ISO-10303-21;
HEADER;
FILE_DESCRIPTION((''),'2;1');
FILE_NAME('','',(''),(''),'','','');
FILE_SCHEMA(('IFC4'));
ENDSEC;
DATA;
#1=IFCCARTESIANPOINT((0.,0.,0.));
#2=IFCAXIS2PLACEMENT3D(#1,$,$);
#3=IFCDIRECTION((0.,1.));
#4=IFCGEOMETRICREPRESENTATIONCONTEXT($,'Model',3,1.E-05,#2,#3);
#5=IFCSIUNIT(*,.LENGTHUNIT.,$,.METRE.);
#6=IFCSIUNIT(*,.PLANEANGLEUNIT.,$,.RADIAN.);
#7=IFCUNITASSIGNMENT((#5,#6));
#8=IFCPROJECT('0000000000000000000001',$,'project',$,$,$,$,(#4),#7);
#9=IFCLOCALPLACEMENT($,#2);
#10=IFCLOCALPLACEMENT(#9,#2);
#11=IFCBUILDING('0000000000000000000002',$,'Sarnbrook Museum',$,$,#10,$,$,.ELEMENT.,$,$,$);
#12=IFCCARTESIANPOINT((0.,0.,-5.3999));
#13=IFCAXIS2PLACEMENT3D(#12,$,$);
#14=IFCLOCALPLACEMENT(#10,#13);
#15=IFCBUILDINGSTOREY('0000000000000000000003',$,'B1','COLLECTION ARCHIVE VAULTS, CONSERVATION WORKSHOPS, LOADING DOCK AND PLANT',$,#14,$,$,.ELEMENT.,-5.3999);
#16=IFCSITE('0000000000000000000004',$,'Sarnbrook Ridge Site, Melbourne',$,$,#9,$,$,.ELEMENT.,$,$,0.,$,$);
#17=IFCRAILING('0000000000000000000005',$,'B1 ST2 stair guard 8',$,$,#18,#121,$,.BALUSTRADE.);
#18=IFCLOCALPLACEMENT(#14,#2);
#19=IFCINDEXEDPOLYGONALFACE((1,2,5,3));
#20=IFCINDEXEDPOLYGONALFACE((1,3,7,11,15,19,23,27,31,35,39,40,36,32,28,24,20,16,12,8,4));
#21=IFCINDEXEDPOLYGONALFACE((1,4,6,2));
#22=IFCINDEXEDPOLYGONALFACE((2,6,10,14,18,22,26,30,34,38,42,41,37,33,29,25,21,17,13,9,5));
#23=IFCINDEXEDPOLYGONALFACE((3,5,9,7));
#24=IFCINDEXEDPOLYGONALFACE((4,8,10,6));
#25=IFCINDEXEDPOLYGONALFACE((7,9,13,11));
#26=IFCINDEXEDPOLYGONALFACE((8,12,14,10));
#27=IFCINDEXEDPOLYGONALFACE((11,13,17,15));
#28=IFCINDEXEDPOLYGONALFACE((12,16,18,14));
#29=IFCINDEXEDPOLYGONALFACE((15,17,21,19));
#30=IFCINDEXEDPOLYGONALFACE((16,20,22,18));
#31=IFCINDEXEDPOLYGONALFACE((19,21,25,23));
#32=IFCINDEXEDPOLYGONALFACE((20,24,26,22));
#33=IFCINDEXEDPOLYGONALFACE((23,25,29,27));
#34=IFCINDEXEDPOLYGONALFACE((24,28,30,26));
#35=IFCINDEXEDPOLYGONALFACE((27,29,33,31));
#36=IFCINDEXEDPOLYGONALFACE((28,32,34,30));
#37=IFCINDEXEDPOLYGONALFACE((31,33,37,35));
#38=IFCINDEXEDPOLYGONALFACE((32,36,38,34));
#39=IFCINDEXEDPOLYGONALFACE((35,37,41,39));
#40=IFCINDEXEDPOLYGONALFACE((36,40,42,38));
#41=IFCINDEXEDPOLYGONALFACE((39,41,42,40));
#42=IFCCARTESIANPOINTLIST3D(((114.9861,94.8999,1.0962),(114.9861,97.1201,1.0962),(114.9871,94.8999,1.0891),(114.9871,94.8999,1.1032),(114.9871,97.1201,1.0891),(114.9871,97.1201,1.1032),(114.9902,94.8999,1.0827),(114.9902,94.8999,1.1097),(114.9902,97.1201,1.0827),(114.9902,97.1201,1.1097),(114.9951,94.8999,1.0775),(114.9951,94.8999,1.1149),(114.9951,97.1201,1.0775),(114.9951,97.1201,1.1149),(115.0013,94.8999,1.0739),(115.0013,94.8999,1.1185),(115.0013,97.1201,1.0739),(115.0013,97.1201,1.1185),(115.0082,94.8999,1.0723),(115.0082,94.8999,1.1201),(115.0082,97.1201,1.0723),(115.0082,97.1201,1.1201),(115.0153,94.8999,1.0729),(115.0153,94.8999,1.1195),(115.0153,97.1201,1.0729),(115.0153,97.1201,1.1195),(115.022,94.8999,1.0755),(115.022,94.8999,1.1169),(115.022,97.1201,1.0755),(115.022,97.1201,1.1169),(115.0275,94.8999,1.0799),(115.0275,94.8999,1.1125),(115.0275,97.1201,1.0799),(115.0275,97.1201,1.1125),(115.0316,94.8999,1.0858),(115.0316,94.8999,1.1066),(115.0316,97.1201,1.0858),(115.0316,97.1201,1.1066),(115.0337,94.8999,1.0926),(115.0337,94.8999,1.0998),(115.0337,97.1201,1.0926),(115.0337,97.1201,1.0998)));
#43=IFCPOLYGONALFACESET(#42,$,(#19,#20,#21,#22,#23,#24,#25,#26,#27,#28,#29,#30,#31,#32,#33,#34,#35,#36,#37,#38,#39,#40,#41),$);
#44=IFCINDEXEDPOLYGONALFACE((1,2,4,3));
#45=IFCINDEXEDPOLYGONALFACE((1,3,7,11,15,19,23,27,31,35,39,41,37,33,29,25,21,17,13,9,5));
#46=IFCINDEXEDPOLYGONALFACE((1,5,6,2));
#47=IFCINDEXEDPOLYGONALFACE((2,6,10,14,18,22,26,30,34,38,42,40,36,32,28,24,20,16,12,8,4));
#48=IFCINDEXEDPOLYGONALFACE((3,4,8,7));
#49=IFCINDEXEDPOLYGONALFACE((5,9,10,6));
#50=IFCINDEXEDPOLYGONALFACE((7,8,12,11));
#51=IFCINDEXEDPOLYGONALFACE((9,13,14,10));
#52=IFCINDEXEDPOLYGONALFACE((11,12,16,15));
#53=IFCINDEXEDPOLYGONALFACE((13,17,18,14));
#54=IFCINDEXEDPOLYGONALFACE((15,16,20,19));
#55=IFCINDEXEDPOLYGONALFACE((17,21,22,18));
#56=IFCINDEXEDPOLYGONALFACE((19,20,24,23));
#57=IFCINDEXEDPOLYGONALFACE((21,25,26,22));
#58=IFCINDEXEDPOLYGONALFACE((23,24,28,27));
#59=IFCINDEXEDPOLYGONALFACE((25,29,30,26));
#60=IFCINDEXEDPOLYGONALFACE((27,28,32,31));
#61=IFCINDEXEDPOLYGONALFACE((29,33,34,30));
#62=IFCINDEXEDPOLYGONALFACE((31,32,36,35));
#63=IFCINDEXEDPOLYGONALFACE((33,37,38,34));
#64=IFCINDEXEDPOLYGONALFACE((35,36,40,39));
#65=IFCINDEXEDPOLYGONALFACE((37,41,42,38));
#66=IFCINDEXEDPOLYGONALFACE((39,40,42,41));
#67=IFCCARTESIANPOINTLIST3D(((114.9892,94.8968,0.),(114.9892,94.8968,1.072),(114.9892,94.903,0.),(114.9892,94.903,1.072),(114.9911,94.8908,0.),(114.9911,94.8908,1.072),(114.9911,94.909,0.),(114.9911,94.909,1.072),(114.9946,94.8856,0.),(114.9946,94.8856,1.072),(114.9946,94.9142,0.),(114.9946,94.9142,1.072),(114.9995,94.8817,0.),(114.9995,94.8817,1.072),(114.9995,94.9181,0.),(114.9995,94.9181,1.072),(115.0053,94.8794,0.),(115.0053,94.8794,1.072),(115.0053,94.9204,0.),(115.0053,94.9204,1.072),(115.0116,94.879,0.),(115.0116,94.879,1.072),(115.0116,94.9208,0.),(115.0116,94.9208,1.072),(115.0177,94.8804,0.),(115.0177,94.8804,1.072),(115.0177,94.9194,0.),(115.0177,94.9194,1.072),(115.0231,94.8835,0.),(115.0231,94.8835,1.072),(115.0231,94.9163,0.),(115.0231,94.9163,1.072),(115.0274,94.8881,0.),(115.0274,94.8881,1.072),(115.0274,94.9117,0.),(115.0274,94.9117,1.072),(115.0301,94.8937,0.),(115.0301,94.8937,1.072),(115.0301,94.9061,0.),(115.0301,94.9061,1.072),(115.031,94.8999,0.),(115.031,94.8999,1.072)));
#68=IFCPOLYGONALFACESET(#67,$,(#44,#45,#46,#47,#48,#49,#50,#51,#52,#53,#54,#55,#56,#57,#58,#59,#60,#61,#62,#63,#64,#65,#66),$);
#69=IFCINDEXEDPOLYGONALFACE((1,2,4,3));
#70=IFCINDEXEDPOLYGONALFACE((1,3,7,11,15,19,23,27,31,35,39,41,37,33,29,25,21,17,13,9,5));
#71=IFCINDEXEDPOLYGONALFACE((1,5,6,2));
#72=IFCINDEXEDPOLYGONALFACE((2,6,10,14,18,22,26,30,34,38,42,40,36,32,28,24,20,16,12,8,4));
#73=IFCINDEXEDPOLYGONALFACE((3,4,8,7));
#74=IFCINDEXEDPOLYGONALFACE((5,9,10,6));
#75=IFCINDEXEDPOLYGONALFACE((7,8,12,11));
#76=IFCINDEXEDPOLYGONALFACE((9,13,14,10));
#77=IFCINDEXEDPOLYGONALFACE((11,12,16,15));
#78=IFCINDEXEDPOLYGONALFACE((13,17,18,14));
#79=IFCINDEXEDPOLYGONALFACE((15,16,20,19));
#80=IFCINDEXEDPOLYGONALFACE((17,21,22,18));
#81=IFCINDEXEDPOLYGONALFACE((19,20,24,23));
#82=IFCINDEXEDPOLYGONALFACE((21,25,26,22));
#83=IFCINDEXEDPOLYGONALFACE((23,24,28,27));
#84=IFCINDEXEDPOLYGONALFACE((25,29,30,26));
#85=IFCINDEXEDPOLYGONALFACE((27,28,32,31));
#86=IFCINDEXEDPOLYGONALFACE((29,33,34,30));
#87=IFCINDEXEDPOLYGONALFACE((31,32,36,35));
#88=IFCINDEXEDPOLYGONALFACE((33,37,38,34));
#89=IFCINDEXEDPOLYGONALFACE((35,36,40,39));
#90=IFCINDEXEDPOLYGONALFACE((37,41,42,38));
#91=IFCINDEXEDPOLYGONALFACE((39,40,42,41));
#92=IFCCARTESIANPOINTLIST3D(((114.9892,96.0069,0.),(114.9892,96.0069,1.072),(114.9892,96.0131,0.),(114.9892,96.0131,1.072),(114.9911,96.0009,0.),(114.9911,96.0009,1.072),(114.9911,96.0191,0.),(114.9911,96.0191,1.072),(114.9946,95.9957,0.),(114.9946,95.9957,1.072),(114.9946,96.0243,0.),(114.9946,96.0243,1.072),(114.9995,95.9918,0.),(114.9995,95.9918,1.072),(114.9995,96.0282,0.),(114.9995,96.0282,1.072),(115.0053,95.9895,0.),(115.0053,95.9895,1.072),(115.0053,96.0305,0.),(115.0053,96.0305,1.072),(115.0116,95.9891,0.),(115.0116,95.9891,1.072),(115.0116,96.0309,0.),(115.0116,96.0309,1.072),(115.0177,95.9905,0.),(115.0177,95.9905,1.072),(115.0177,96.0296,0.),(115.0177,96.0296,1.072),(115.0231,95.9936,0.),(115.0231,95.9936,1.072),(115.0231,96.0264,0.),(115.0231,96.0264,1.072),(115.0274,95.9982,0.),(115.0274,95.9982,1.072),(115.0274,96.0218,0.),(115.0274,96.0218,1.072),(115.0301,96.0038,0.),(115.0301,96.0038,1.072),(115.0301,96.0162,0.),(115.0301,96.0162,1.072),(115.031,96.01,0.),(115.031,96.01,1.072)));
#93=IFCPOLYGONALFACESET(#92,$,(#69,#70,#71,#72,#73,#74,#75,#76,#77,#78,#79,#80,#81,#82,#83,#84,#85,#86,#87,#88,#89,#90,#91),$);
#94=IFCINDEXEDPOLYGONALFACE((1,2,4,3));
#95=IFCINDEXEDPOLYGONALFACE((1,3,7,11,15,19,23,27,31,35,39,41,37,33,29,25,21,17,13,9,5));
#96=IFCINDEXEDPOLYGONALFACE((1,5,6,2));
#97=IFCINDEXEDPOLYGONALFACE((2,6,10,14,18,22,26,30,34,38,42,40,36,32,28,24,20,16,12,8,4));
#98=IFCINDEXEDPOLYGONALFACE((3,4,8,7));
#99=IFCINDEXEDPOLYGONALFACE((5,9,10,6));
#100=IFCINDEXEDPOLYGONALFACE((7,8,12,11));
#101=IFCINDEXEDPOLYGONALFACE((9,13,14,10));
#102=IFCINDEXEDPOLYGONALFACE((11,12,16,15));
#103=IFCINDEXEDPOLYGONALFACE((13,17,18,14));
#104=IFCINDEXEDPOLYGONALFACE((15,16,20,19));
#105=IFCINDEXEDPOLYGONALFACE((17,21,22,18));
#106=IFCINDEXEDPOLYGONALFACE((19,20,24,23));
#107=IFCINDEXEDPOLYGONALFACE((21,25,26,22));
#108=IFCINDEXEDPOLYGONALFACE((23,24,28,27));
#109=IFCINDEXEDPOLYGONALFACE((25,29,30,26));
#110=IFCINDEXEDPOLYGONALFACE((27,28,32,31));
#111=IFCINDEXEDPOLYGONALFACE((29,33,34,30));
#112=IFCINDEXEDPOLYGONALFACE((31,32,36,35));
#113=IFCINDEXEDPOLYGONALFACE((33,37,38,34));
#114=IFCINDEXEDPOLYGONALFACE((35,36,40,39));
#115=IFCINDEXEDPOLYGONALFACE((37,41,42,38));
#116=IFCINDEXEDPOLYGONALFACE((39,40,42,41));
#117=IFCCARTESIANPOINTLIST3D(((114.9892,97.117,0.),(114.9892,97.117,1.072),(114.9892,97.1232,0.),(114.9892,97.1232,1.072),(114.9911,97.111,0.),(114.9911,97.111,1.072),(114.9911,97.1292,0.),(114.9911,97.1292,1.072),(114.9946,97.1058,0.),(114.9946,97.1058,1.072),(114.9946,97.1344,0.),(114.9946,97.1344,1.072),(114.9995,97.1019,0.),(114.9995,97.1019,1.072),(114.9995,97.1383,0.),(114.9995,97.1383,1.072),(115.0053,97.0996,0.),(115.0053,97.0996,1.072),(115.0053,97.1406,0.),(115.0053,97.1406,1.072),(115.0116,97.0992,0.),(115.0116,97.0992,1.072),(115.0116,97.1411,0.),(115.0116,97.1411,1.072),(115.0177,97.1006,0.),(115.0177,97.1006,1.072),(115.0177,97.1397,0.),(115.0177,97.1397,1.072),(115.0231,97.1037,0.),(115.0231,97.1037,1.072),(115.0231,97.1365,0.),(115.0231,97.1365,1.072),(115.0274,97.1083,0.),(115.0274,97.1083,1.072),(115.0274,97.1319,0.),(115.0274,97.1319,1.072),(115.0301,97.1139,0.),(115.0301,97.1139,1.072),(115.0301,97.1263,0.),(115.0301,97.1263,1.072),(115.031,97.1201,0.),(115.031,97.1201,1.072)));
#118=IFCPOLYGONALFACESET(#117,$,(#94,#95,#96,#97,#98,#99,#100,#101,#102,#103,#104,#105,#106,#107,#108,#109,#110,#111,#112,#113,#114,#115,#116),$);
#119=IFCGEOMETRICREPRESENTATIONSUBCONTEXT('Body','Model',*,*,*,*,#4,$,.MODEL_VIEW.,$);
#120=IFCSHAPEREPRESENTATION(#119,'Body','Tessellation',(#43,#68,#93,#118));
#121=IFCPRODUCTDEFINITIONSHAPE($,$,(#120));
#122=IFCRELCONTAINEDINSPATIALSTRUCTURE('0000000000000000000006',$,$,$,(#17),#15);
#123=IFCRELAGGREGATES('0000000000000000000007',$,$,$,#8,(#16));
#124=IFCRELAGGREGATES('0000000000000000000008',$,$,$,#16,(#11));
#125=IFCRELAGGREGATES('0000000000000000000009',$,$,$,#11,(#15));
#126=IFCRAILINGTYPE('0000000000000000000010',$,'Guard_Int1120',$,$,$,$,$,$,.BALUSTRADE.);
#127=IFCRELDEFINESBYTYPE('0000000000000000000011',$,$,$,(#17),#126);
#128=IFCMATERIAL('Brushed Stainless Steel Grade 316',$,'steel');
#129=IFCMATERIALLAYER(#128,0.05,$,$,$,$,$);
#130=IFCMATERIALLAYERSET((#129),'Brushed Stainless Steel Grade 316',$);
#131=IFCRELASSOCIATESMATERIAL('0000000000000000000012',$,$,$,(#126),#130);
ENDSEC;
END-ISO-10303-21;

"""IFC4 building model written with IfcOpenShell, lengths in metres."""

from ifc_helpers import new_model, si_unit, direction, frame, origin, origin_2d, place, context, subcontext, project, spatial, circle, extrude, material, layer, layer_set, type_object, element, save


model = new_model("IFC4")

# Units and contexts
model_context = context("Model", 3, precision=1e-05, world=origin(), true_north=direction((0.0, 1.0)))
body_context = subcontext(model_context, "Body", "Model", "MODEL_VIEW")
ifc_project = project(units=[si_unit("LENGTHUNIT", "METRE"), si_unit("PLANEANGLEUNIT", "RADIAN")], contexts=[model_context])

# Site, building, storey
site_placement = place(None, origin())
site = spatial("IfcSite", under=ifc_project, at=site_placement, Name="Sarnbrook Ridge Site, Melbourne", CompositionType="ELEMENT", RefElevation=0.0)
building_placement = place(site_placement, origin())
building = spatial("IfcBuilding", under=site, at=building_placement, Name="Sarnbrook Museum", CompositionType="ELEMENT")
storey_placement = place(building_placement, frame((0.0, 0.0, -5.3999)))
storey = spatial("IfcBuildingStorey", under=building, at=storey_placement, Name="B1", Description="COLLECTION ARCHIVE VAULTS, CONSERVATION WORKSHOPS, LOADING DOCK AND PLANT", CompositionType="ELEMENT", Elevation=-5.3999)

# Railing
ifc_material_1 = material(Name="Brushed Stainless Steel Grade 316", Category="steel")
ifc_layer_1 = layer(ifc_material_1, 0.05)
ifc_layer_set_1 = layer_set([ifc_layer_1], Name="Brushed Stainless Steel Grade 316")
railing_type = type_object("IfcRailingType", Name="Guard_Int1120", PredefinedType="BALUSTRADE", material=ifc_layer_set_1)
railing_placement = place(storey_placement, frame((115.01, 94.8999, 0.0)))
element("IfcRailing", 1, at=railing_placement, inside=storey, type_object=railing_type, Name="B1 ST2 stair guard 8", PredefinedType="BALUSTRADE", context=body_context, shape_type="SweptSolid", body=[
    extrude(circle(Radius=0.0239, at=origin_2d()), frame((0.0, 0.0, 1.0962), z_axis=(0.0, 1.0, 0.0), x_axis=(-1.0, 0.0, 0.0)), (0.0, 0.0, 1.0), 2.2202),
    extrude(circle(Radius=0.021, at=origin_2d()), origin(), (0.0, 0.0, 1.0), 1.072),
    extrude(circle(Radius=0.021, at=origin_2d()), frame((0.0, 1.1101, 0.0)), (0.0, 0.0, 1.0), 1.072),
    extrude(circle(Radius=0.021, at=origin_2d()), frame((0.0, 2.2202, 0.0)), (0.0, 0.0, 1.0), 1.072),
])

save(model, "model.ifc")
